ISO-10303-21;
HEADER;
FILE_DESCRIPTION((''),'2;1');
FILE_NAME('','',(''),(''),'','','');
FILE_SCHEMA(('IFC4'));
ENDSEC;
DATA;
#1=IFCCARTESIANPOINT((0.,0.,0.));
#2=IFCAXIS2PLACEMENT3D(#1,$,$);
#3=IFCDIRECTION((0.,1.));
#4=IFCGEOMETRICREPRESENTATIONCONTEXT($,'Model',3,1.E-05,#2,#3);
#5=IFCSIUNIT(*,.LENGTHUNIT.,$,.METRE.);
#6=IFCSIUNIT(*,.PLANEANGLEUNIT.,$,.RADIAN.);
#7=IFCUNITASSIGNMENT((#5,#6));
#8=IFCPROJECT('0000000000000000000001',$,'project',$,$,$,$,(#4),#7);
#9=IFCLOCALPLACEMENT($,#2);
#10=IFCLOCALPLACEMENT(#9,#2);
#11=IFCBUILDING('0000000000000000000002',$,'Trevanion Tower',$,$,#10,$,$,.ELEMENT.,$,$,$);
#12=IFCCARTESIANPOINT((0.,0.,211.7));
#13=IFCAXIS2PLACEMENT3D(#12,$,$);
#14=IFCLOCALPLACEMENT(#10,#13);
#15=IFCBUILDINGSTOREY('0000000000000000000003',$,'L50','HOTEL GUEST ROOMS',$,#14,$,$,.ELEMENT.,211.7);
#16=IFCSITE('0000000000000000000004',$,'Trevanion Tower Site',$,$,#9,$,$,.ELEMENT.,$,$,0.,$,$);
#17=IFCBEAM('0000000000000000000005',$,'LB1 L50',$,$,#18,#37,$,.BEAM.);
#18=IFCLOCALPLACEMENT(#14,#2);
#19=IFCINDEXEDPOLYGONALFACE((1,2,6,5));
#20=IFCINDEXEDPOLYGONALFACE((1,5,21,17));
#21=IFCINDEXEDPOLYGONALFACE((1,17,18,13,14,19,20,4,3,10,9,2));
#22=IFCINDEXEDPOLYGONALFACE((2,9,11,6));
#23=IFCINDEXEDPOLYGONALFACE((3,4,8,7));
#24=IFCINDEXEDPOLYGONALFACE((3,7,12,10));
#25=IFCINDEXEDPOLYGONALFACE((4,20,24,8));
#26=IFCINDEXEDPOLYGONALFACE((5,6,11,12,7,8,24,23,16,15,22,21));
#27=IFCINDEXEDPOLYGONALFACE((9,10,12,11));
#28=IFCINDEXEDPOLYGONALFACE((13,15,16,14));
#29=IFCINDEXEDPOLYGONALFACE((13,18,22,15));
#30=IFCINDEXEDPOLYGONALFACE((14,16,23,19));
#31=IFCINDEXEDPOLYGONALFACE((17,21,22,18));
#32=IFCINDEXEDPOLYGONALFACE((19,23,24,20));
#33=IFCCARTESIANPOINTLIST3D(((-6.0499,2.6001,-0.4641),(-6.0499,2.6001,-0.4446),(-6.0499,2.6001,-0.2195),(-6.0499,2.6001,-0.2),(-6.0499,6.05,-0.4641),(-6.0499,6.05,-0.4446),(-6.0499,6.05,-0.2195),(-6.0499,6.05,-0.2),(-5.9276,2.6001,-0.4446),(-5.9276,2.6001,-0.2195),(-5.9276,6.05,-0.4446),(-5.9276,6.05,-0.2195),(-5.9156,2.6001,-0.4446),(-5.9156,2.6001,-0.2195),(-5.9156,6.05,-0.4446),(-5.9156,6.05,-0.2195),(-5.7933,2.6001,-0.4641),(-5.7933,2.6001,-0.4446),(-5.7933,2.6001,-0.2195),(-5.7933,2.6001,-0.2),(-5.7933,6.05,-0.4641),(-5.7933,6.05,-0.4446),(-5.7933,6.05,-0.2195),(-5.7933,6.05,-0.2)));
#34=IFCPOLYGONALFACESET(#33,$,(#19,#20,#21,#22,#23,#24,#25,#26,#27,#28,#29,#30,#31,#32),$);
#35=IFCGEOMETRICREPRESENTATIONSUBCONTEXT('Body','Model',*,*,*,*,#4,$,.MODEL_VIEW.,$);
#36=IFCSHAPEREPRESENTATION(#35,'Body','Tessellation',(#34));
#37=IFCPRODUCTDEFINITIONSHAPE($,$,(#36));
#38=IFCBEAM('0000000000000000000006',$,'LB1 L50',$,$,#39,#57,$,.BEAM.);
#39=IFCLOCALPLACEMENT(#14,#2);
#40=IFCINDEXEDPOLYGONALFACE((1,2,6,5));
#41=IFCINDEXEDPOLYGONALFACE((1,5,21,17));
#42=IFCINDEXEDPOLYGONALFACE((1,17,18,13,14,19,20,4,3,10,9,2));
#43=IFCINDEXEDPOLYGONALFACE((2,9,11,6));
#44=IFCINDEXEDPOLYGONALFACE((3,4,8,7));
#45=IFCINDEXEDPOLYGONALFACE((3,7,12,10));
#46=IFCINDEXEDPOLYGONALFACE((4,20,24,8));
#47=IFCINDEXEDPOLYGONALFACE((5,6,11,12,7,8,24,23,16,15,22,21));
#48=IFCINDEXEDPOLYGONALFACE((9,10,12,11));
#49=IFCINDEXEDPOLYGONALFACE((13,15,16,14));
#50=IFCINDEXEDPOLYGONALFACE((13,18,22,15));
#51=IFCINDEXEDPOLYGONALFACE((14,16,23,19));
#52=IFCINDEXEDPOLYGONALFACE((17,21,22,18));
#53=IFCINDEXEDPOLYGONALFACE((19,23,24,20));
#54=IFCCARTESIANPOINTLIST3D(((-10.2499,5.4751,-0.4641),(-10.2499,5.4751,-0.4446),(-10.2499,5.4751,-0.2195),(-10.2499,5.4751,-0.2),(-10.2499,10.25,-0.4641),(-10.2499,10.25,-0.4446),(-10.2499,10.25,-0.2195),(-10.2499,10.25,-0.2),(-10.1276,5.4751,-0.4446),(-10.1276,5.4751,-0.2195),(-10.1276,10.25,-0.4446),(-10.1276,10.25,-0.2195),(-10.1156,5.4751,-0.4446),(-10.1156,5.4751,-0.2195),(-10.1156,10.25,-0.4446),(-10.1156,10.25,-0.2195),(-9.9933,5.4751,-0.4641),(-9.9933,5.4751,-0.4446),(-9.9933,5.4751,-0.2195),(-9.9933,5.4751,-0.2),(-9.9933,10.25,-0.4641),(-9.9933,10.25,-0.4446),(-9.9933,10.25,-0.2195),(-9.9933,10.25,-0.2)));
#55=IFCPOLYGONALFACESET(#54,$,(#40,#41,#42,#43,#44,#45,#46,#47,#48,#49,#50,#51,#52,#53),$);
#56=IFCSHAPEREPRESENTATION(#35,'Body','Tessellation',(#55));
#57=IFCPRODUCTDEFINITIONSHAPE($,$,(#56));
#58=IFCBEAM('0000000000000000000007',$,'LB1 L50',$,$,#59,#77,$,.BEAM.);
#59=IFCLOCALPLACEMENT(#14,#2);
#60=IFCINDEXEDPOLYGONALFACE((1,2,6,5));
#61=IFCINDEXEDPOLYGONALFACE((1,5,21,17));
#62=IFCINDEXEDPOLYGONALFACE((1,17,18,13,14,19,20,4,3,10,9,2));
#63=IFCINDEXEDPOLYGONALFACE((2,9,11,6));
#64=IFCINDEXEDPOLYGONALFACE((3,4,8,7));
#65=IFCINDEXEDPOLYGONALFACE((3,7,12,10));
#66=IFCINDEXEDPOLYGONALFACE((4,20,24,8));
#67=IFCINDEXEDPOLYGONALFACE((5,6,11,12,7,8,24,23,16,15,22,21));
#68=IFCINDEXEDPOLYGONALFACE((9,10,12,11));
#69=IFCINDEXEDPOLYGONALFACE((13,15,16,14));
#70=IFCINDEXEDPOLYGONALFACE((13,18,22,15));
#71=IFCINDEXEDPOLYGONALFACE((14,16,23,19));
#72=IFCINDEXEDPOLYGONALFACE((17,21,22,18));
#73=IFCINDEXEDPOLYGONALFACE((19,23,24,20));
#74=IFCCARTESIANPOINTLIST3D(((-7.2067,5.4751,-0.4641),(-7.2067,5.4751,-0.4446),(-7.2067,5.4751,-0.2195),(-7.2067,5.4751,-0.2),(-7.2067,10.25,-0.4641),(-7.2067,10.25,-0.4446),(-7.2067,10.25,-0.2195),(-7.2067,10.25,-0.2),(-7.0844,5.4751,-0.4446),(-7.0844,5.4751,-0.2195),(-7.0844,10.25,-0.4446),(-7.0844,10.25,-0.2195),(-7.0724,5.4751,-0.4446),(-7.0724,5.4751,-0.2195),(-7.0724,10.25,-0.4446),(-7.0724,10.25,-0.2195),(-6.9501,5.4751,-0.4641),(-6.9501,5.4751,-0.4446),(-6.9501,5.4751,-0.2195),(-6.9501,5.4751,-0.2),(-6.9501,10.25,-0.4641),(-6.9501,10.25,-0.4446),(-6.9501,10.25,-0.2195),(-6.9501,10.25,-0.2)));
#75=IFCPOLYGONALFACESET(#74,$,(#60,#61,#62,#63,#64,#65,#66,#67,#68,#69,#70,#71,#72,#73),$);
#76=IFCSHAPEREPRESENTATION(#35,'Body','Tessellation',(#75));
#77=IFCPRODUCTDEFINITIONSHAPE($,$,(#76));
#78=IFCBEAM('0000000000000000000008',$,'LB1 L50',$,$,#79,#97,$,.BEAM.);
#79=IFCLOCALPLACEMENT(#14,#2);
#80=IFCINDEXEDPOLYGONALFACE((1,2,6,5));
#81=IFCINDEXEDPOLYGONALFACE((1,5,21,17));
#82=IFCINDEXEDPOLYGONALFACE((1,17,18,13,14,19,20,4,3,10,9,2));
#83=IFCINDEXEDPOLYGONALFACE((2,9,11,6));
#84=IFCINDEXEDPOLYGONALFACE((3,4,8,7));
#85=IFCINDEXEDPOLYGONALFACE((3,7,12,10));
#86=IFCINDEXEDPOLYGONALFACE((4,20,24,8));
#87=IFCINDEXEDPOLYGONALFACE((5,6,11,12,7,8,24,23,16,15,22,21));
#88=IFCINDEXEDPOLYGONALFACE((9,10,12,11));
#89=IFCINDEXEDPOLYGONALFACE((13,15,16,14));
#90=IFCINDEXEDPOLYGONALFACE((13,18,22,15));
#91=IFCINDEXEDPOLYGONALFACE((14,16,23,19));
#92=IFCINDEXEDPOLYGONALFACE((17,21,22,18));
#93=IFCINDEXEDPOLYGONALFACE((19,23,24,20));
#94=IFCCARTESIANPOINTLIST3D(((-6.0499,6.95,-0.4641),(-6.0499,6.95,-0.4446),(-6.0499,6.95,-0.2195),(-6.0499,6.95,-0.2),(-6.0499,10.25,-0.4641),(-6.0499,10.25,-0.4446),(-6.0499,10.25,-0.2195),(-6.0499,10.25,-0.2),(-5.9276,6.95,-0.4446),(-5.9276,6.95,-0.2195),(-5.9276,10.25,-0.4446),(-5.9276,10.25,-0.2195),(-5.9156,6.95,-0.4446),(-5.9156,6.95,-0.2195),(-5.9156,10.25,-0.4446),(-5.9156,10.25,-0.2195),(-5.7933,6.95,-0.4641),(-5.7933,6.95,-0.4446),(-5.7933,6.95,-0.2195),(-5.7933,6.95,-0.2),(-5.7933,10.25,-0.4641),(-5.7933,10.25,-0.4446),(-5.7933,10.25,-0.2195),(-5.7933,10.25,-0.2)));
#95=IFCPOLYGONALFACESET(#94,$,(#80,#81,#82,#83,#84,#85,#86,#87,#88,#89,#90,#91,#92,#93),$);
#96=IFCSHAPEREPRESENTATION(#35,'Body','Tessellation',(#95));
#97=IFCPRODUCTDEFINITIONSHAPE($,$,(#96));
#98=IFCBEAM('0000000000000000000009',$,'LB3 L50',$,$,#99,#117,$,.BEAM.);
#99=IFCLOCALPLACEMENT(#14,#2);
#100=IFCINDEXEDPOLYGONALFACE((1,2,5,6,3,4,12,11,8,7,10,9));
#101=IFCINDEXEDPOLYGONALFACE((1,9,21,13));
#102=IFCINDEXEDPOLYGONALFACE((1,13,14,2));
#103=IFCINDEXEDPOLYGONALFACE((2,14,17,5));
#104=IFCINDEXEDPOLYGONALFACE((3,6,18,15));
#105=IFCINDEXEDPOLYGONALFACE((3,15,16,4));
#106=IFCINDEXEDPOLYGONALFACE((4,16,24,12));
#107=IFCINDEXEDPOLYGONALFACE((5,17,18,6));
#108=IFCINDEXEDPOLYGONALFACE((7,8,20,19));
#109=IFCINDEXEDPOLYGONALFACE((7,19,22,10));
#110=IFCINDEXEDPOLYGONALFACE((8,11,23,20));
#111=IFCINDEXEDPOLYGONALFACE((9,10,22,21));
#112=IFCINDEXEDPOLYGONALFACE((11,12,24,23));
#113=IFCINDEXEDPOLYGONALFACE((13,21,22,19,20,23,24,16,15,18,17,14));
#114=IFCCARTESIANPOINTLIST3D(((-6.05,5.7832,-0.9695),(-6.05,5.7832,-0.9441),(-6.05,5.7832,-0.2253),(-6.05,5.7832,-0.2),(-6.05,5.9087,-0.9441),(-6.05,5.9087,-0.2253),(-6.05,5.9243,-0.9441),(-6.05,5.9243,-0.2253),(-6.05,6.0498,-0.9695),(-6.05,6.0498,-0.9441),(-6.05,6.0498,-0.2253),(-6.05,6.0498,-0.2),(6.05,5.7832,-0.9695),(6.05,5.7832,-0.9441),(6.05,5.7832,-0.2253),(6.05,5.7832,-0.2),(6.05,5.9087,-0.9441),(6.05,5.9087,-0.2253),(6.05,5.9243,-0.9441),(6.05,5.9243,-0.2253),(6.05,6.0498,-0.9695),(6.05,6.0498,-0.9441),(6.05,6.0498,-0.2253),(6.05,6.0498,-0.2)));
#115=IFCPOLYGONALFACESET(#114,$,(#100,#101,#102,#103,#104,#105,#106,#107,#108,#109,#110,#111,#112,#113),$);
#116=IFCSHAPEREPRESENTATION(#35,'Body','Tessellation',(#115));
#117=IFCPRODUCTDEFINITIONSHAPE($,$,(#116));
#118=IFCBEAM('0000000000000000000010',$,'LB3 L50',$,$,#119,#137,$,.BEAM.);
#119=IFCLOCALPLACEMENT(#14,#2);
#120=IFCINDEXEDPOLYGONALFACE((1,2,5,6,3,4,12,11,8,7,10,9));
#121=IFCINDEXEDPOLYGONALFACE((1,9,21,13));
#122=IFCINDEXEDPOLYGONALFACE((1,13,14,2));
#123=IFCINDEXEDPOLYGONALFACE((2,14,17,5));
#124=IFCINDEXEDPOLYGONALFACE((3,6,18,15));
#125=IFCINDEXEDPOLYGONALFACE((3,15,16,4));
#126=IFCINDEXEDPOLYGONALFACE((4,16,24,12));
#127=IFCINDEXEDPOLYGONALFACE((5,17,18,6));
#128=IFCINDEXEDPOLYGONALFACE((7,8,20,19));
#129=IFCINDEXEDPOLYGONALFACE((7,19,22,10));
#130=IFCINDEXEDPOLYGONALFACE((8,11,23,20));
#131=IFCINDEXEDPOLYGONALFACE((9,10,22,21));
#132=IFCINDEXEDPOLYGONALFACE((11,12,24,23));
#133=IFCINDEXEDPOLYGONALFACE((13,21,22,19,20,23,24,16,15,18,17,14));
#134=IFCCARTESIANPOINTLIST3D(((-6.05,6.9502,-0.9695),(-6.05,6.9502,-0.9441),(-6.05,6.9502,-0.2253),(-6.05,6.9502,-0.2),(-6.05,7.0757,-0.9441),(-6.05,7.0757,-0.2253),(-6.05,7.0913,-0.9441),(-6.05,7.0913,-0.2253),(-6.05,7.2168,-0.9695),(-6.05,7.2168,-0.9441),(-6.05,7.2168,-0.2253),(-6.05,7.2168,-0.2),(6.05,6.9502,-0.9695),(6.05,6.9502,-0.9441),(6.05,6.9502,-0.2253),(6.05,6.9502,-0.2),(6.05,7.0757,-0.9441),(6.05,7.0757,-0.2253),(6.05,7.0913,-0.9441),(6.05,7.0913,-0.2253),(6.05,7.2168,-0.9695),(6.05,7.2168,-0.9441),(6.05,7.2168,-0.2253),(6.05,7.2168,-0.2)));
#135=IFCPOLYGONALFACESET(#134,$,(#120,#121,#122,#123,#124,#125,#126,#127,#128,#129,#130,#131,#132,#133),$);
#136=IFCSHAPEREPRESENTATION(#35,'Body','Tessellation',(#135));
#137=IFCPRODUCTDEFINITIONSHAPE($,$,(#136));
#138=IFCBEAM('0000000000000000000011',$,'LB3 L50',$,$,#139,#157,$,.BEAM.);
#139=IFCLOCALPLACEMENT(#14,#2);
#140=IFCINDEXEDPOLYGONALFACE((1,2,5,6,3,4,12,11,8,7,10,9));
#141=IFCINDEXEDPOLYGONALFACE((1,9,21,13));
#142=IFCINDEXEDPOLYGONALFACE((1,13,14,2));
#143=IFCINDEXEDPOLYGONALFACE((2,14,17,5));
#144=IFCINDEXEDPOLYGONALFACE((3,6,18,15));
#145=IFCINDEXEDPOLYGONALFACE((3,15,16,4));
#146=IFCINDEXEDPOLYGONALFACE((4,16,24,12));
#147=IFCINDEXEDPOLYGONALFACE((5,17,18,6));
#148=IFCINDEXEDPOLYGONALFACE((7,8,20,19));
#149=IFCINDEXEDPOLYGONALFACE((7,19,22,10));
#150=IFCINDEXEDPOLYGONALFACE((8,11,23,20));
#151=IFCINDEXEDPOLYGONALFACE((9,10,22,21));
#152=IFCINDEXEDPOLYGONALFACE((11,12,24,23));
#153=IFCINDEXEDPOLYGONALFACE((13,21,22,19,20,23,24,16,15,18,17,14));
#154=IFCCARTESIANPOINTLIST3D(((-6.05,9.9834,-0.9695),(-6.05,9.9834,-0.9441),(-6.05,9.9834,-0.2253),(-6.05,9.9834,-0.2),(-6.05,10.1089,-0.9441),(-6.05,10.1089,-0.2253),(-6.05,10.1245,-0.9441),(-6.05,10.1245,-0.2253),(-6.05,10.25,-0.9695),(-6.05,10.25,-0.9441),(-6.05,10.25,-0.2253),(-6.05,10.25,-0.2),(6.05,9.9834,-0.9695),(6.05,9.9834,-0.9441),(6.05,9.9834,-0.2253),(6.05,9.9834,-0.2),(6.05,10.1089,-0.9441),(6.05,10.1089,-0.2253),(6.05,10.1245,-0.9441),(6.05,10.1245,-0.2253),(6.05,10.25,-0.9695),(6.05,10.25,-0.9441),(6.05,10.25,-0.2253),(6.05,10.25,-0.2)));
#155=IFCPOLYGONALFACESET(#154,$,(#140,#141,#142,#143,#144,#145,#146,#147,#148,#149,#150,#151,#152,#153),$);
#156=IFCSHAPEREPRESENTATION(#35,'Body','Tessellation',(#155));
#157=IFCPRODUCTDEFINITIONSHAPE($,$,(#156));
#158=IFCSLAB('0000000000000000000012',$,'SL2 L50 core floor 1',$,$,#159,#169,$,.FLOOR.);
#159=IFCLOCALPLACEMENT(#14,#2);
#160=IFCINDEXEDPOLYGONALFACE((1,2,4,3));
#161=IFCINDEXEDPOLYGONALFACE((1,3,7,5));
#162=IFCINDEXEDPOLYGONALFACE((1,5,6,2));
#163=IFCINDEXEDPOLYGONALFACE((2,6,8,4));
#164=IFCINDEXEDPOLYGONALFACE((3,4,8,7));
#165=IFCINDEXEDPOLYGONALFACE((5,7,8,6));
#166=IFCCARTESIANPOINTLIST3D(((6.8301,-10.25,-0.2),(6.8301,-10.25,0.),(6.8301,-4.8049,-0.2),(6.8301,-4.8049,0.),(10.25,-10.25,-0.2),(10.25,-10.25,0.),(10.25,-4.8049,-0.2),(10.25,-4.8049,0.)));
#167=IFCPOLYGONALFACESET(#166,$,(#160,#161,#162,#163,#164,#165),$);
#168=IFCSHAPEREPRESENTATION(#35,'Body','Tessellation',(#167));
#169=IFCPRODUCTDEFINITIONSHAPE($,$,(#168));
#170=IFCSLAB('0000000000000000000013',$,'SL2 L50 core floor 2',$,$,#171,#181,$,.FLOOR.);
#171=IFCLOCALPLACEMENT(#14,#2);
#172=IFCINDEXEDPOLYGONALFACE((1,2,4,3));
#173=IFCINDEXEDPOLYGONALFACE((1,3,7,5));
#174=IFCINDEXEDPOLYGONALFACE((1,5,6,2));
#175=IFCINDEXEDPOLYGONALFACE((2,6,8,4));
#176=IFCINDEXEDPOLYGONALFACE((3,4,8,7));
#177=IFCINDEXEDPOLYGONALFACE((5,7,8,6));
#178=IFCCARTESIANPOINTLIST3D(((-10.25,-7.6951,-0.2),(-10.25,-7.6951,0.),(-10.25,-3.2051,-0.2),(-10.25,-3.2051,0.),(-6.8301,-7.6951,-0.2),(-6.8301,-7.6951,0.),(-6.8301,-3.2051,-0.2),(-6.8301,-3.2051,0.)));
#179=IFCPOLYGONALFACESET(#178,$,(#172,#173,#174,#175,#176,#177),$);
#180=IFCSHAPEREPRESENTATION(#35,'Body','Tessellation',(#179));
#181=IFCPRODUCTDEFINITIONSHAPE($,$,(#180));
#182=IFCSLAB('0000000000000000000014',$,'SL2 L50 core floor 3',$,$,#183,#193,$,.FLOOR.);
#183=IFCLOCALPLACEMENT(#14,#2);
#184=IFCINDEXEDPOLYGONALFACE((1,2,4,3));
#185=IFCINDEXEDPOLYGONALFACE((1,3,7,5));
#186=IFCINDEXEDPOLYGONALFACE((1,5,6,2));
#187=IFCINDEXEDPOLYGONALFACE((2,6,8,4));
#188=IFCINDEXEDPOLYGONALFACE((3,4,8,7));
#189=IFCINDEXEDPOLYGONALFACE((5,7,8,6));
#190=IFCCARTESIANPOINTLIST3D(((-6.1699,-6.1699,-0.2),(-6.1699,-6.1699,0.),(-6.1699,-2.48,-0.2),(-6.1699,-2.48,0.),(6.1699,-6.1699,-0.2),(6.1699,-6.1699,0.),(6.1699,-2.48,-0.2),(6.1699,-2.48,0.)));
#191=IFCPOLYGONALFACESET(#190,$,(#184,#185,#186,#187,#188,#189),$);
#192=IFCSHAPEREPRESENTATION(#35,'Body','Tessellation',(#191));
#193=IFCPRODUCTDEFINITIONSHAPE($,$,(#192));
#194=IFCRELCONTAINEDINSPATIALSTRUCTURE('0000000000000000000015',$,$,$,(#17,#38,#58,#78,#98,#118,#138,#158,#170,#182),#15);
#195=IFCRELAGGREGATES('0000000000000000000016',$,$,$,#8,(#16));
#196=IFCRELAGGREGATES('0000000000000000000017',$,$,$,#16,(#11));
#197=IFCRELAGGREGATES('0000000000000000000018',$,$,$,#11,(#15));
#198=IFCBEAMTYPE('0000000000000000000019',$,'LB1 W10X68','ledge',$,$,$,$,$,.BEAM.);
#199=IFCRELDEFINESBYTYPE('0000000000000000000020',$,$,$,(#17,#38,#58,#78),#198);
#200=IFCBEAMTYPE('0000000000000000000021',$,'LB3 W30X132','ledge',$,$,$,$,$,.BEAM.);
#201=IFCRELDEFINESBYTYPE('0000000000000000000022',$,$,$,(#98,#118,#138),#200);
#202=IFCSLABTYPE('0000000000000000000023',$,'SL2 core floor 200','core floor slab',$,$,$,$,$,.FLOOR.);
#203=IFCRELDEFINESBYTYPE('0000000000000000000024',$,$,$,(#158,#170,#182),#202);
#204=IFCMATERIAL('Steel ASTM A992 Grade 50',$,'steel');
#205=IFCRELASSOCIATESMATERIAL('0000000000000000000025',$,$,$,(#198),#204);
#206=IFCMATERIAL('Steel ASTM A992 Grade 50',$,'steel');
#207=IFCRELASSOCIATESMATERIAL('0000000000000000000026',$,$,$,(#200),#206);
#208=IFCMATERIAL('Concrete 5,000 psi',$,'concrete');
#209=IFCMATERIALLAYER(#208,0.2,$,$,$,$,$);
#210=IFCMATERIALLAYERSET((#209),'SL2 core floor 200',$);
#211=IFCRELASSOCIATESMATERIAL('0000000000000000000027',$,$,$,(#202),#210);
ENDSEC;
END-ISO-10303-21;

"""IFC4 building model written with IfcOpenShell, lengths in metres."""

from ifc_helpers import new_model, si_unit, direction, frame, origin, origin_2d, place, context, subcontext, project, spatial, polyline, i_section, outline, extrude, material, layer, layer_set, material_profile, profile_set, type_object, element, save


model = new_model("IFC4")

# Units and contexts
model_context = context("Model", 3, precision=1e-05, world=origin(), true_north=direction((0.0, 1.0)))
body_context = subcontext(model_context, "Body", "Model", "MODEL_VIEW")
ifc_project = project(units=[si_unit("LENGTHUNIT", "METRE"), si_unit("PLANEANGLEUNIT", "RADIAN")], contexts=[model_context])

# Site, building, storey
site_placement = place(None, origin())
site = spatial("IfcSite", under=ifc_project, at=site_placement, Name="Trevanion Tower Site", CompositionType="ELEMENT", RefElevation=0.0)
building_placement = place(site_placement, origin())
building = spatial("IfcBuilding", under=site, at=building_placement, Name="Trevanion Tower", CompositionType="ELEMENT")
storey_placement = place(building_placement, frame((0.0, 0.0, 211.7)))
storey = spatial("IfcBuildingStorey", under=building, at=storey_placement, Name="L50", Description="HOTEL GUEST ROOMS", CompositionType="ELEMENT", Elevation=211.7)

# Beams
ifc_material_1 = material(Name="Steel ASTM A992 Grade 50", Category="steel")
ifc_material_profile_1 = material_profile(ifc_material_1, i_section(OverallWidth=0.2566, OverallDepth=0.2642, WebThickness=0.012, FlangeThickness=0.0195, at=origin_2d()), Name="W10X68")
ifc_profile_set_1 = profile_set([ifc_material_profile_1], Name="Steel ASTM A992 Grade 50")
beam_type_1 = type_object("IfcBeamType", Name="LB1 W10X68", Description="ledge", PredefinedType="BEAM", material=ifc_profile_set_1)
beam_1_placement = place(storey_placement, frame((-5.9216, 2.6001, -0.332), z_axis=(0.0, 1.0, 0.0), x_axis=(-1.0, 0.0, 0.0)))
element("IfcBeam", 1, at=beam_1_placement, inside=storey, type_object=beam_type_1, Name="LB1 L50", PredefinedType="BEAM", context=body_context, shape_type="SweptSolid", body=[
    extrude(i_section(OverallWidth=0.2566, OverallDepth=0.2642, WebThickness=0.012, FlangeThickness=0.0195, at=origin_2d()), origin(), (0.0, 0.0, 1.0), 3.45),
])
for number, where, z_axis, x_axis, name in (
    (2, (-10.1216, 5.4751, -0.332), (0.0, 1.0, 0.0), (-1.0, 0.0, 0.0), "LB1 L50"),
    (3, (-7.0784, 5.4751, -0.332), (0.0, 1.0, 0.0), (-1.0, 0.0, 0.0), "LB1 L50"),
):
    element("IfcBeam", number, at=place(storey_placement, frame(where, z_axis=z_axis, x_axis=x_axis)), inside=storey, type_object=beam_type_1, Name=name, PredefinedType="BEAM", context=body_context, shape_type="SweptSolid", body=[
        extrude(i_section(OverallWidth=0.2566, OverallDepth=0.2642, WebThickness=0.012, FlangeThickness=0.0195, at=origin_2d()), origin(), (0.0, 0.0, 1.0), 4.7749),
    ])
beam_2_placement = place(storey_placement, frame((-5.9216, 6.95, -0.332), z_axis=(0.0, 1.0, 0.0), x_axis=(-1.0, 0.0, 0.0)))
element("IfcBeam", 4, at=beam_2_placement, inside=storey, type_object=beam_type_1, Name="LB1 L50", PredefinedType="BEAM", context=body_context, shape_type="SweptSolid", body=[
    extrude(i_section(OverallWidth=0.2566, OverallDepth=0.2642, WebThickness=0.012, FlangeThickness=0.0195, at=origin_2d()), origin(), (0.0, 0.0, 1.0), 3.3),
])
ifc_material_2 = material(Name="Steel ASTM A992 Grade 50", Category="steel")
ifc_material_profile_2 = material_profile(ifc_material_2, i_section(OverallWidth=0.2666, OverallDepth=0.7695, WebThickness=0.0156, FlangeThickness=0.0254, at=origin_2d()), Name="W30X132")
ifc_profile_set_2 = profile_set([ifc_material_profile_2], Name="Steel ASTM A992 Grade 50")
beam_type_2 = type_object("IfcBeamType", Name="LB3 W30X132", Description="ledge", PredefinedType="BEAM", material=ifc_profile_set_2)
for number, where, z_axis, x_axis, name in (
    (5, (-6.05, 5.9165, -0.5847), (1.0, 0.0, 0.0), (0.0, 1.0, 0.0), "LB3 L50"),
    (6, (-6.05, 7.0835, -0.5847), (1.0, 0.0, 0.0), (0.0, 1.0, 0.0), "LB3 L50"),
    (7, (-6.05, 10.1167, -0.5847), (1.0, 0.0, 0.0), (0.0, 1.0, 0.0), "LB3 L50"),
):
    element("IfcBeam", number, at=place(storey_placement, frame(where, z_axis=z_axis, x_axis=x_axis)), inside=storey, type_object=beam_type_2, Name=name, PredefinedType="BEAM", context=body_context, shape_type="SweptSolid", body=[
        extrude(i_section(OverallWidth=0.2666, OverallDepth=0.7695, WebThickness=0.0156, FlangeThickness=0.0254, at=origin_2d()), origin(), (0.0, 0.0, 1.0), 12.1001),
    ])

# Slabs
ifc_material_3 = material(Name="Concrete 5,000 psi", Category="concrete")
ifc_layer_1 = layer(ifc_material_3, 0.2)
ifc_layer_set_1 = layer_set([ifc_layer_1], Name="SL2 core floor 200")
slab_type_1 = type_object("IfcSlabType", Name="SL2 core floor 200", Description="core floor slab", PredefinedType="FLOOR", material=ifc_layer_set_1)
slab_1_placement = place(storey_placement, frame((0.0, 0.0, -0.2)))
element("IfcSlab", 8, at=slab_1_placement, inside=storey, type_object=slab_type_1, Name="SL2 L50 core floor 1", PredefinedType="FLOOR", context=body_context, shape_type="SweptSolid", body=[
    extrude(outline(polyline([(10.25, -4.8049), (10.25, -10.25), (6.8301, -10.25), (6.8301, -4.8049), (10.25, -4.8049)])), origin(), (0.0, 0.0, 1.0), 0.2),
])
slab_2_placement = place(storey_placement, frame((0.0, 0.0, -0.2)))
element("IfcSlab", 9, at=slab_2_placement, inside=storey, type_object=slab_type_1, Name="SL2 L50 core floor 2", PredefinedType="FLOOR", context=body_context, shape_type="SweptSolid", body=[
    extrude(outline(polyline([(-6.8301, -3.2051), (-6.8301, -7.6951), (-10.25, -7.6951), (-10.25, -3.2051), (-6.8301, -3.2051)])), origin(), (0.0, 0.0, 1.0), 0.2),
])
slab_3_placement = place(storey_placement, frame((0.0, 0.0, -0.2)))
element("IfcSlab", 10, at=slab_3_placement, inside=storey, type_object=slab_type_1, Name="SL2 L50 core floor 3", PredefinedType="FLOOR", context=body_context, shape_type="SweptSolid", body=[
    extrude(outline(polyline([(6.1699, -6.1699), (-6.1699, -6.1699), (-6.1699, -2.48), (6.1699, -2.48), (6.1699, -6.1699)])), origin(), (0.0, 0.0, 1.0), 0.2),
])

save(model, "model.ifc")
